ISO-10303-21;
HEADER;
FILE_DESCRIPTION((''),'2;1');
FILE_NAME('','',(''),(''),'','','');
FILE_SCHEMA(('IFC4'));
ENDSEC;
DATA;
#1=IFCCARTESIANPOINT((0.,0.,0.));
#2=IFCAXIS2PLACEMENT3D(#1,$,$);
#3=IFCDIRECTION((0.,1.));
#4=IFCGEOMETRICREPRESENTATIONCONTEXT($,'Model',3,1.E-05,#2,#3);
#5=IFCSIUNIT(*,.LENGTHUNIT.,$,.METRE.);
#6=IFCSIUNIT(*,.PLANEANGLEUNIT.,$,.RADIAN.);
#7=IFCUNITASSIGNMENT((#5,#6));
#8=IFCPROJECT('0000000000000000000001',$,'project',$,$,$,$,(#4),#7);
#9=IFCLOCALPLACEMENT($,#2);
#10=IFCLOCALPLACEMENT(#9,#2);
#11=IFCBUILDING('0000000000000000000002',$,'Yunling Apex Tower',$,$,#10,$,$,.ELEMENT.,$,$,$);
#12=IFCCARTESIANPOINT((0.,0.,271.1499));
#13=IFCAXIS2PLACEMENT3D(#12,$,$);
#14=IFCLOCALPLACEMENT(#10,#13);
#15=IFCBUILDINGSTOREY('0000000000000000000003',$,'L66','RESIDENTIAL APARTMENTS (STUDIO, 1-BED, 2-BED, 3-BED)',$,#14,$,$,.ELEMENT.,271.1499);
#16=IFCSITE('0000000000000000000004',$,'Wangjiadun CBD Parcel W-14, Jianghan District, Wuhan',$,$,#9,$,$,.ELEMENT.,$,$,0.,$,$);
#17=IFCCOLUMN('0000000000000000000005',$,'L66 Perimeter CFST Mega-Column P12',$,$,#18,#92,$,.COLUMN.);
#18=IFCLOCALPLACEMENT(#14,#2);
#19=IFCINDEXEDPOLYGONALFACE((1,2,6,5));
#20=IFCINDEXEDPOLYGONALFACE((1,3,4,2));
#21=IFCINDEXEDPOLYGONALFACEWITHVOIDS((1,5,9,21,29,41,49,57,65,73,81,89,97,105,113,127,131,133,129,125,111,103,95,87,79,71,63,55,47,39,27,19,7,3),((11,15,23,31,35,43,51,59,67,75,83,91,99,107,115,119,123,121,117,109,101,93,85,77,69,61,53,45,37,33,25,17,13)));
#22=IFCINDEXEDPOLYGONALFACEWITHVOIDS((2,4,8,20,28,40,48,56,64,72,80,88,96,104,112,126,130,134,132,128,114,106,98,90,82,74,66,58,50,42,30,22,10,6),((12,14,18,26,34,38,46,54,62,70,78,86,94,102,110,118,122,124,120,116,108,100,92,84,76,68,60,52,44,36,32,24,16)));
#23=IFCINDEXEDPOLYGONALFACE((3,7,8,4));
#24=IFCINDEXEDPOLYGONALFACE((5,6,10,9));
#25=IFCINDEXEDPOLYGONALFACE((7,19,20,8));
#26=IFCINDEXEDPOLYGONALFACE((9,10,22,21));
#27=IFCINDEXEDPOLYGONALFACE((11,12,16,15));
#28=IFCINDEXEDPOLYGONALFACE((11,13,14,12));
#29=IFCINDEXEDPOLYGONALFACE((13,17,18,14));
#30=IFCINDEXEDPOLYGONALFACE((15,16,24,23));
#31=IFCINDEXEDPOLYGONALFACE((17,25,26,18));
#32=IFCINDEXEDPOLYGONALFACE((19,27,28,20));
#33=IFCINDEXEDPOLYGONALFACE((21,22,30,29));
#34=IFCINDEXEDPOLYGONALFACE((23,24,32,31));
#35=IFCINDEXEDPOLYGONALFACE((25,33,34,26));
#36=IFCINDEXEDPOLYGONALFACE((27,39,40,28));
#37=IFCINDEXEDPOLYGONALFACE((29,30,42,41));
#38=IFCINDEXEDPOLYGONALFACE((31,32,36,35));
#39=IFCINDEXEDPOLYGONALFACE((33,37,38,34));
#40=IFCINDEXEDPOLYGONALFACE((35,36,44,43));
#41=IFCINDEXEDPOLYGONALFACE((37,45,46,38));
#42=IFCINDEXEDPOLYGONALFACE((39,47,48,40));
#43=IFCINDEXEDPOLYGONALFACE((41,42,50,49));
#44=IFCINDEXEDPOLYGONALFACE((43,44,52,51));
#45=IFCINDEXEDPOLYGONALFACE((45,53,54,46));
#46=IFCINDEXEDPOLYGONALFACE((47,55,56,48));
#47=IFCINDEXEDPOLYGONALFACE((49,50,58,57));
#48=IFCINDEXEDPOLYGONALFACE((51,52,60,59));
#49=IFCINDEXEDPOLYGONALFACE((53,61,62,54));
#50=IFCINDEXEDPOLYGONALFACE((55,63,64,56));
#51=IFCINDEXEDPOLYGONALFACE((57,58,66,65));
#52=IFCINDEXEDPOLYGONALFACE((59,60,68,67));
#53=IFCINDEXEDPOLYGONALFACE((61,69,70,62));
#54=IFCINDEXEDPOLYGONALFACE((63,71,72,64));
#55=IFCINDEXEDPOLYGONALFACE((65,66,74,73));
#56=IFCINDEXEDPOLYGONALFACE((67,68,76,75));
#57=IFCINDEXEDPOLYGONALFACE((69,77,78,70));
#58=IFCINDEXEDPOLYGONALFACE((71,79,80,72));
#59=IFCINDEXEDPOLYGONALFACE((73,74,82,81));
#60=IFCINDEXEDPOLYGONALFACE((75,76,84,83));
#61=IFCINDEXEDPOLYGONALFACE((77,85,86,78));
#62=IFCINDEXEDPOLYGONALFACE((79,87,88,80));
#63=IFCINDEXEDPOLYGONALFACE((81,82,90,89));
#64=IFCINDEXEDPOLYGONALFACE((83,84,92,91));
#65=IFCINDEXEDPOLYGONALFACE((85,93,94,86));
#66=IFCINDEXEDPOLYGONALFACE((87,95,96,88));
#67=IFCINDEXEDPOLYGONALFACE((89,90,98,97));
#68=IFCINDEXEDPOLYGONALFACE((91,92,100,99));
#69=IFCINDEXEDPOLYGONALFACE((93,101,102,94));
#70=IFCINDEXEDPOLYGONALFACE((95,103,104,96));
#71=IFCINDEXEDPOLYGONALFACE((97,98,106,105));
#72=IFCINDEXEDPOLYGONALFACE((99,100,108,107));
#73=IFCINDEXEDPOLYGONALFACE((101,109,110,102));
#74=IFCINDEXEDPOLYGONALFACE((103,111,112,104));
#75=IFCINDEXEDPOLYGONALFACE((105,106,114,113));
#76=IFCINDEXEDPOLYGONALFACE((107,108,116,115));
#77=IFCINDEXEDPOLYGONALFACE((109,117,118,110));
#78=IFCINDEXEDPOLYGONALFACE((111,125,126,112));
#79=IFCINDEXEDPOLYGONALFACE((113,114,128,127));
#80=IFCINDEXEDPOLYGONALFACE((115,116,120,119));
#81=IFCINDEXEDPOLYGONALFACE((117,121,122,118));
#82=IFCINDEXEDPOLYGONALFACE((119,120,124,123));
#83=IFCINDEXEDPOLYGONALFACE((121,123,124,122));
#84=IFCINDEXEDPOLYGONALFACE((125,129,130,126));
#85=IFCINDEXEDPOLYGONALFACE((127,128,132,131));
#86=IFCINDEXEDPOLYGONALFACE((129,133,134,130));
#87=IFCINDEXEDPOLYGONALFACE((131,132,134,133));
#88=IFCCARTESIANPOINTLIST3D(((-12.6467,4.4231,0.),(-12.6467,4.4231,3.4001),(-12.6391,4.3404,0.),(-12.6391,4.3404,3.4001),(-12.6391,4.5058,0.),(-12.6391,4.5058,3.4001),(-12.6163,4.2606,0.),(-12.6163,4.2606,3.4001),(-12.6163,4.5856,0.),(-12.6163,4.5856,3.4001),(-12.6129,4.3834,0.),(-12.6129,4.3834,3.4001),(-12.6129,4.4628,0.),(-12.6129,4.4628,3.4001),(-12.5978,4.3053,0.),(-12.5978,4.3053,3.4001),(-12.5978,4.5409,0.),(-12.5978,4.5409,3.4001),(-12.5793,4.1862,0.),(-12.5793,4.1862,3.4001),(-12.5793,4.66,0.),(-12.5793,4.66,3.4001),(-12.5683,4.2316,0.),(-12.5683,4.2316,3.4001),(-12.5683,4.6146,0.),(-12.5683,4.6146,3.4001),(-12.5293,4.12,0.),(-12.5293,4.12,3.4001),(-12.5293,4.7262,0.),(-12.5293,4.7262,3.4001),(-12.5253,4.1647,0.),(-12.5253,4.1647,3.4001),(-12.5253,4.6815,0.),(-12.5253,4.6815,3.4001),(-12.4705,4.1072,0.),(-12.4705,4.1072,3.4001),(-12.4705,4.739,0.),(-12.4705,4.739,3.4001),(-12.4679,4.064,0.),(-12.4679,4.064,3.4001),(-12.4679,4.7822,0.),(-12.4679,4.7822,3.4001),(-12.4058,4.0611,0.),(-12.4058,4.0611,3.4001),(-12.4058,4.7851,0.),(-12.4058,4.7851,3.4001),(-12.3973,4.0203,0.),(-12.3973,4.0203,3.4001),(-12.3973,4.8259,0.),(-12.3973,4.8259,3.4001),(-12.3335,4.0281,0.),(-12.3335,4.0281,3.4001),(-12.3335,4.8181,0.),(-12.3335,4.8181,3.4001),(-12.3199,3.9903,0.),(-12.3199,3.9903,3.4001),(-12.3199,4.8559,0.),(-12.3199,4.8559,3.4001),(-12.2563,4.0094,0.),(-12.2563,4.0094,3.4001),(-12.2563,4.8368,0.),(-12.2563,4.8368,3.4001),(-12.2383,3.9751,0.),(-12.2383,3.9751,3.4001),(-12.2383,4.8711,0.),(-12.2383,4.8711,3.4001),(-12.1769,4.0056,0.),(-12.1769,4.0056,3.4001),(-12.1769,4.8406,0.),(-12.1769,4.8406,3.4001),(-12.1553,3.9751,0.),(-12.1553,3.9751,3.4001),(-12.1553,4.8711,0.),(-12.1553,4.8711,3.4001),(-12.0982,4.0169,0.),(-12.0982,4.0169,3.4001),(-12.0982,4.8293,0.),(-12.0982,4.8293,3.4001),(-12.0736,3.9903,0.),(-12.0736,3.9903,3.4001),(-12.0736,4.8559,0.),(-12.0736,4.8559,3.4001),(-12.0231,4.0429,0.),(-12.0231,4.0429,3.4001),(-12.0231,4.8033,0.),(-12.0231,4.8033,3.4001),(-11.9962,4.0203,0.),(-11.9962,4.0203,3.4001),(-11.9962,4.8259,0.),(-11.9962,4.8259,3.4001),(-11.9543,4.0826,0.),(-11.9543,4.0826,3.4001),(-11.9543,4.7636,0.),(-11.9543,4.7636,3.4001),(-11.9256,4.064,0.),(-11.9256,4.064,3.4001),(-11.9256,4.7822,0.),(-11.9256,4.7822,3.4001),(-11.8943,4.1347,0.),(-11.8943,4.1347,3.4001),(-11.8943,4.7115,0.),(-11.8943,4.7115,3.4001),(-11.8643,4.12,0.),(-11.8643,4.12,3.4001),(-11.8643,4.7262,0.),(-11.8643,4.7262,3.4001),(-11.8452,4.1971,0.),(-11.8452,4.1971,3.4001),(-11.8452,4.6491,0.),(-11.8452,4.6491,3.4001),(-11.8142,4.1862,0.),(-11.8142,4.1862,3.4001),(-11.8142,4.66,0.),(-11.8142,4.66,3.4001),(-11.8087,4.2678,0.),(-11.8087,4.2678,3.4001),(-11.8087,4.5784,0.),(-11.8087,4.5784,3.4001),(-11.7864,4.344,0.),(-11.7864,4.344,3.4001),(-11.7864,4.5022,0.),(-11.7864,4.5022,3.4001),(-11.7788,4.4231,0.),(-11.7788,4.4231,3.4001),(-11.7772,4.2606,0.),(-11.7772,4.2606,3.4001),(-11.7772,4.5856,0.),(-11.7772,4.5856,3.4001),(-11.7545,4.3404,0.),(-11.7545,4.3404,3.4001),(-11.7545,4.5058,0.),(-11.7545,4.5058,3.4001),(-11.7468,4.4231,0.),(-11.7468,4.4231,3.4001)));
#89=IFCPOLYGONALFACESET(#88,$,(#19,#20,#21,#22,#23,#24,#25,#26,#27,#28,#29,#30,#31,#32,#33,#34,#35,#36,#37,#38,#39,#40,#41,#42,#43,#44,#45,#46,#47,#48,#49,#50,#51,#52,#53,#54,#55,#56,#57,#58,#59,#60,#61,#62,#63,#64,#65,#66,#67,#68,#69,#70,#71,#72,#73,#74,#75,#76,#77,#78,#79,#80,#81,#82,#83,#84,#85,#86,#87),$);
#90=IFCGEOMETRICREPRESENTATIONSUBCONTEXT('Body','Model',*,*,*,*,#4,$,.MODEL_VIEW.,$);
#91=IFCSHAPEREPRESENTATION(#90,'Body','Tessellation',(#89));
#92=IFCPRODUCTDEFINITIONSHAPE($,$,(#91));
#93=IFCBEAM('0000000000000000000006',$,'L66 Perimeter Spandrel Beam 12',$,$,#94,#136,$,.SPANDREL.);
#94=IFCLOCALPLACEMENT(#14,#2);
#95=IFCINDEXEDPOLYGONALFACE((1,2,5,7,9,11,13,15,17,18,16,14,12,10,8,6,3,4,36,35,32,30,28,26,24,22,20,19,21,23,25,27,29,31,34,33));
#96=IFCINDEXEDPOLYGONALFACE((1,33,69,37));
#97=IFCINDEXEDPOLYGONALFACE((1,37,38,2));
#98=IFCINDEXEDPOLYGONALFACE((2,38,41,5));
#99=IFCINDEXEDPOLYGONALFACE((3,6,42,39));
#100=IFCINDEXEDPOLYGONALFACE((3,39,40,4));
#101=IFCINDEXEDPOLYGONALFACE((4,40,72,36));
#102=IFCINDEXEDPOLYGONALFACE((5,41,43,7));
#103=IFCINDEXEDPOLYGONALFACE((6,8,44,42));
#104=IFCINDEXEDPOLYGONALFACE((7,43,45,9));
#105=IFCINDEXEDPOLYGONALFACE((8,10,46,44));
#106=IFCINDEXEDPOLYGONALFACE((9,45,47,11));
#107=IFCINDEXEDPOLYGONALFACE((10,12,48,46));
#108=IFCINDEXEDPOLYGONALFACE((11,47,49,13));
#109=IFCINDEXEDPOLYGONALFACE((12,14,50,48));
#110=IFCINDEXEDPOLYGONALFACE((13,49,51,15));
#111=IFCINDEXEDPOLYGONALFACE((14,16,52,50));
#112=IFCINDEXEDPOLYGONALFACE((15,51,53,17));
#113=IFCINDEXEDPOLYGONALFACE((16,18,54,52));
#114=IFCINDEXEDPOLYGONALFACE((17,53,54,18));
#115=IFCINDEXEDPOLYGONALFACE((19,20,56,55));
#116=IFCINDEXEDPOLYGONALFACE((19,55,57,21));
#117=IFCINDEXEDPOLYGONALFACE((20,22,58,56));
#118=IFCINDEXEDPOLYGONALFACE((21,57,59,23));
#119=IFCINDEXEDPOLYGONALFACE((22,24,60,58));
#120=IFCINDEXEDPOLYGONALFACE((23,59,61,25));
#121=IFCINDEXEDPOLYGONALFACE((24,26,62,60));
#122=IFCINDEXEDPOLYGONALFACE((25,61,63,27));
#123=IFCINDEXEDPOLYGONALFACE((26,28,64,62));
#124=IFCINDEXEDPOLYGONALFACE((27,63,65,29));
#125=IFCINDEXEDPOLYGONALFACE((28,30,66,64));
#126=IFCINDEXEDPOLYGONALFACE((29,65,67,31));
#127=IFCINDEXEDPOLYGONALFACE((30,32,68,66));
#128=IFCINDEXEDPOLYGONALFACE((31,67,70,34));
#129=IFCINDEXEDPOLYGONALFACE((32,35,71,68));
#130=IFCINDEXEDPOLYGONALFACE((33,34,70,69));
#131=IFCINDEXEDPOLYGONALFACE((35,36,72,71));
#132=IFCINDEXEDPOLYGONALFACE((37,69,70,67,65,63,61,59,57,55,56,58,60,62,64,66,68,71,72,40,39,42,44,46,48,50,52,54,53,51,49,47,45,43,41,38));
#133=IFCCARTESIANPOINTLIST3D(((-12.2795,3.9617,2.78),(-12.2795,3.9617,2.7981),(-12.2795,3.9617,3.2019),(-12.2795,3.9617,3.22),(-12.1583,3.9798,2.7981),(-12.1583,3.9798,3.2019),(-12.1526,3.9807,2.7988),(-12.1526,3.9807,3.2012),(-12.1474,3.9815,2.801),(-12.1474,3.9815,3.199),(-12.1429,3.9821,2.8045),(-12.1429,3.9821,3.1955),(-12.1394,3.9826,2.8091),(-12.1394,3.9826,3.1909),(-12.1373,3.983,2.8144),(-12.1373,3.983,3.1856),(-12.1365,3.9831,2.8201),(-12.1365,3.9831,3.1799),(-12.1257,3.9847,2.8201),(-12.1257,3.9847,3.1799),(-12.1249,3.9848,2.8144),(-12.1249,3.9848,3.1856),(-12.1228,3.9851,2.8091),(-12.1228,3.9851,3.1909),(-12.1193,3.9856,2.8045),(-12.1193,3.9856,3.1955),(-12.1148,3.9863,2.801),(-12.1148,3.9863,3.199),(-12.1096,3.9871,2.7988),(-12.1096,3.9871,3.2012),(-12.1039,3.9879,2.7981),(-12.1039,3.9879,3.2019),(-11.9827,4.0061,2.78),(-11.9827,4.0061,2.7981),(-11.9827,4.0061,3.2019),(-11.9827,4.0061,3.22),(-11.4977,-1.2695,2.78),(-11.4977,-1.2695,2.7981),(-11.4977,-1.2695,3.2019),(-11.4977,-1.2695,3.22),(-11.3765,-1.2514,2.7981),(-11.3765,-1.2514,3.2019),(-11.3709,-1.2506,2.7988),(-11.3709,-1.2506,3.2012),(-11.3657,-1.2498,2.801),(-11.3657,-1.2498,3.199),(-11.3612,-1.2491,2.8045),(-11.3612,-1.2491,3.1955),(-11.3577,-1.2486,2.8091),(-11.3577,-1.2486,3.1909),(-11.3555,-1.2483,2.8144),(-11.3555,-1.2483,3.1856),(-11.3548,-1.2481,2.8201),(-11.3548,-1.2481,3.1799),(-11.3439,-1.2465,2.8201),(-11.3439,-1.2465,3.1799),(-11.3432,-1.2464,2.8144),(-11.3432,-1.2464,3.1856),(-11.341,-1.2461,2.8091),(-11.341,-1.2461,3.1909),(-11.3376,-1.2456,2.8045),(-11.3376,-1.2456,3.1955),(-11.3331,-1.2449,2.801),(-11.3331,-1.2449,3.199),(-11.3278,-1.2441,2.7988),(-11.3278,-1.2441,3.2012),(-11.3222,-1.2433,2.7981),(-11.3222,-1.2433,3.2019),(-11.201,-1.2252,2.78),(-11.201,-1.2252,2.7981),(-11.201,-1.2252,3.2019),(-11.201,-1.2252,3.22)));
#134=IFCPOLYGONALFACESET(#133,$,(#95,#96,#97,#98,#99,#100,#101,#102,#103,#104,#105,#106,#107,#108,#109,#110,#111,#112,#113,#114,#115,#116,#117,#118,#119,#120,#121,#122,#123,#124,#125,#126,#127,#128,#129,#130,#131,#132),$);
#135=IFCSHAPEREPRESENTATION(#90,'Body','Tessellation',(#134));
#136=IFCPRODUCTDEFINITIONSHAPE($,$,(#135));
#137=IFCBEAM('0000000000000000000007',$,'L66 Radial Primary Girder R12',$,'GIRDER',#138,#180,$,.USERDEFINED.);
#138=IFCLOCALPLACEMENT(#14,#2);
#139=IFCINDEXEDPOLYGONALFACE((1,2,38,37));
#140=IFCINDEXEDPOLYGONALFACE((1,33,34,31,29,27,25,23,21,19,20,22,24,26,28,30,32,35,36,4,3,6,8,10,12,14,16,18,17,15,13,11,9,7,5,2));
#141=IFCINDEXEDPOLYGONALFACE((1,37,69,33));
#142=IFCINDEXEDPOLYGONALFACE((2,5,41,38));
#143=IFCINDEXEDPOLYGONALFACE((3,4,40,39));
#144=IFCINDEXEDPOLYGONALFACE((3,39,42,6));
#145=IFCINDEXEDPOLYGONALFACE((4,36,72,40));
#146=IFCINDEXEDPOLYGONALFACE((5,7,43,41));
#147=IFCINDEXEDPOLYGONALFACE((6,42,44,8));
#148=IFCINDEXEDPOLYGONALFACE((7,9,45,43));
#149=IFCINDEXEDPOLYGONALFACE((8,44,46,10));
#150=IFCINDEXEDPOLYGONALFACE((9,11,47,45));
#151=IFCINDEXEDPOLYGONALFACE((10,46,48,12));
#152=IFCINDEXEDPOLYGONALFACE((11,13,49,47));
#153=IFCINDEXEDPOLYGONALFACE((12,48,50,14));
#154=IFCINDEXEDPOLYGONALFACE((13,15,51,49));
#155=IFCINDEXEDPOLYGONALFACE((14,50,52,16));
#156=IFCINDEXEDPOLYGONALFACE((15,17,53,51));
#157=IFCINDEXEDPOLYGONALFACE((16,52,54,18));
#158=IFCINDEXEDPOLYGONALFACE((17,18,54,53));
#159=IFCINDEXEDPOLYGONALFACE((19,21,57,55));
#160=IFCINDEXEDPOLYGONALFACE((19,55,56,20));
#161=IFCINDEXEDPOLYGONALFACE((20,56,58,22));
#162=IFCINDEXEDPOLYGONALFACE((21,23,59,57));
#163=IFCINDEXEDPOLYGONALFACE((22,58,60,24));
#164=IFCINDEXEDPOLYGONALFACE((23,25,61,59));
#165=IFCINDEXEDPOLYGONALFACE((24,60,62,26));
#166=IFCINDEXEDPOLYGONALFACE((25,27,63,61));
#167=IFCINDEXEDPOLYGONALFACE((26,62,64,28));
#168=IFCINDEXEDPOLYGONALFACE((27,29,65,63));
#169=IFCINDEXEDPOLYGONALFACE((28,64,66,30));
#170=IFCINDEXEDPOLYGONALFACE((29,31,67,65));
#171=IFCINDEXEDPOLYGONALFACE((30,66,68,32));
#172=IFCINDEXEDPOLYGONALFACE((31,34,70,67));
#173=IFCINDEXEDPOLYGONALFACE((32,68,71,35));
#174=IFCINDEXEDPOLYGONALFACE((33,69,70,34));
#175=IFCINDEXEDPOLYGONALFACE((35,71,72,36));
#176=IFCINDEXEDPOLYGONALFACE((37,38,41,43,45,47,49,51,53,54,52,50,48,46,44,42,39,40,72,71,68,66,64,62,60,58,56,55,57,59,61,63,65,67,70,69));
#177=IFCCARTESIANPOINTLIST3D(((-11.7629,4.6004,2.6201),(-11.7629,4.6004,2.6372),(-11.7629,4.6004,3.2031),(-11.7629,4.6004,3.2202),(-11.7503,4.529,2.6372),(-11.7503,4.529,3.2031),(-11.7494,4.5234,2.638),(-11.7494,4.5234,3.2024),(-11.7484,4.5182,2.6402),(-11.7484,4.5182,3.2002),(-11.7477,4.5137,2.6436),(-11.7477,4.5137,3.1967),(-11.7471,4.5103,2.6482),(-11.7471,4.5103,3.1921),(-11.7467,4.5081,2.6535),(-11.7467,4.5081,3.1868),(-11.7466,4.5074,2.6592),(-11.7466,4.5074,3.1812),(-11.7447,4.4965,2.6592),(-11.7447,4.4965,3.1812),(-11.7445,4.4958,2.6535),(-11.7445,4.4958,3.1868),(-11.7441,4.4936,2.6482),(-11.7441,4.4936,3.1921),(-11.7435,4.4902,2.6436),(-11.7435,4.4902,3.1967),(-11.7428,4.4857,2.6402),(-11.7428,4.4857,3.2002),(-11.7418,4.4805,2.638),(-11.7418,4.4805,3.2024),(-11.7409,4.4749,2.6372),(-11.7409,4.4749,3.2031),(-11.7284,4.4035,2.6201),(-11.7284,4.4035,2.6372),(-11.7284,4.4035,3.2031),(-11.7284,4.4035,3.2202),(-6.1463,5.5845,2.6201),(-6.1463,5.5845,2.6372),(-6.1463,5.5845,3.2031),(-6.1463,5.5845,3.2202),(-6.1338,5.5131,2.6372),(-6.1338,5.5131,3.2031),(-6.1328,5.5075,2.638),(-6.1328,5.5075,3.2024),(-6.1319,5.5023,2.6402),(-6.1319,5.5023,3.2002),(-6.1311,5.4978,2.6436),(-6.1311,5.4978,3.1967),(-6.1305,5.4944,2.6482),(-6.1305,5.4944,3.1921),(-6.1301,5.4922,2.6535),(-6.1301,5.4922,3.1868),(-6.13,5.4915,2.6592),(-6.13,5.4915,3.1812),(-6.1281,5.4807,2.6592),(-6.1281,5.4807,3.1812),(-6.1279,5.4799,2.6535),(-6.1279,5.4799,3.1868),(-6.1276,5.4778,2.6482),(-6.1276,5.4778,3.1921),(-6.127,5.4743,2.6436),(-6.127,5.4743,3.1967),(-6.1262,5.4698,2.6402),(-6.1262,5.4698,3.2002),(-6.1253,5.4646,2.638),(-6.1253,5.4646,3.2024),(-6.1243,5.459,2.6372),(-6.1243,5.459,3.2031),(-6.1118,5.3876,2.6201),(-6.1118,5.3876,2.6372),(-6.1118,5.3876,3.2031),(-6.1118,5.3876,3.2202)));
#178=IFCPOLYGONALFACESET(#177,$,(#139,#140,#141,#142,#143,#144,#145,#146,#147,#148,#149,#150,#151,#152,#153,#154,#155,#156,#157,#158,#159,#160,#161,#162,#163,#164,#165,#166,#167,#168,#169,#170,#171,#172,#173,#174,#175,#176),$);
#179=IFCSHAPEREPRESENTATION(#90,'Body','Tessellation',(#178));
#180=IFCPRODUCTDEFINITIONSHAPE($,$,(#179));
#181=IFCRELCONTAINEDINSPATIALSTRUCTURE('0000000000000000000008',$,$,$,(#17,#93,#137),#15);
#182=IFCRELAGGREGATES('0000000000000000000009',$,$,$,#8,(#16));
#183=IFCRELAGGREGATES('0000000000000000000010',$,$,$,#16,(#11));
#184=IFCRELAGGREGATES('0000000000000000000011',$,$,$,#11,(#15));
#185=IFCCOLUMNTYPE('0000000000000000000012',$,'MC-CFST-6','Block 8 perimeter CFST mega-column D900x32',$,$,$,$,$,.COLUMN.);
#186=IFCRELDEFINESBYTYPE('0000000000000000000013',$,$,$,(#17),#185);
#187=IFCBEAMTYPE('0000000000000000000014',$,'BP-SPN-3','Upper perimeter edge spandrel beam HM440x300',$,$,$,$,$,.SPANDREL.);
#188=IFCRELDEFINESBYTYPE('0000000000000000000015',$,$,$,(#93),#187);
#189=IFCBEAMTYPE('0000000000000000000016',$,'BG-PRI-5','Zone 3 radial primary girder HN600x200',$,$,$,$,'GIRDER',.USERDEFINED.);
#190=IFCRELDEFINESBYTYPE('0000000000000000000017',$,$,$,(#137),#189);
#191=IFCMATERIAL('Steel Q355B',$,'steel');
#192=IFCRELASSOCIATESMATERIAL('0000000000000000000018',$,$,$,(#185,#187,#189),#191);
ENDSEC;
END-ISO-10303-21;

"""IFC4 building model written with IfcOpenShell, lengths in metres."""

from ifc_helpers import new_model, si_unit, direction, frame, origin, origin_2d, place, context, subcontext, project, spatial, hollow_circle, i_section, extrude, source, transform, mapped, material, material_profile, profile_set, type_object, element, save


model = new_model("IFC4")

# Units and contexts
model_context = context("Model", 3, precision=1e-05, world=origin(), true_north=direction((0.0, 1.0)))
body_context = subcontext(model_context, "Body", "Model", "MODEL_VIEW")
ifc_project = project(units=[si_unit("LENGTHUNIT", "METRE"), si_unit("PLANEANGLEUNIT", "RADIAN")], contexts=[model_context])

# Site, building, storey
site_placement = place(None, origin())
site = spatial("IfcSite", under=ifc_project, at=site_placement, Name="Wangjiadun CBD Parcel W-14, Jianghan District, Wuhan", CompositionType="ELEMENT", RefElevation=0.0)
building_placement = place(site_placement, origin())
building = spatial("IfcBuilding", under=site, at=building_placement, Name="Yunling Apex Tower", CompositionType="ELEMENT")
storey_placement = place(building_placement, frame((0.0, 0.0, 271.1499)))
storey = spatial("IfcBuildingStorey", under=building, at=storey_placement, Name="L66", Description="RESIDENTIAL APARTMENTS (STUDIO, 1-BED, 2-BED, 3-BED)", CompositionType="ELEMENT", Elevation=271.1499)

# Column
ifc_material_1 = material(Name="Steel Q355B", Category="steel")
ifc_material_profile_1 = material_profile(ifc_material_1, hollow_circle(Radius=0.45, WallThickness=0.032, at=origin_2d()))
ifc_profile_set_1 = profile_set([ifc_material_profile_1], Name="Steel Q355B")
column_type = type_object("IfcColumnType", Name="MC-CFST-6", Description="Block 8 perimeter CFST mega-column D900x32", PredefinedType="COLUMN", material=ifc_profile_set_1)
shared_shape_1 = source(origin(), body_context, "Body", "SweptSolid", [
    extrude(hollow_circle(Radius=0.45, WallThickness=0.032, at=origin_2d()), origin(), (0.0, 0.0, 1.0), 3.4001),
])
column_placement = place(storey_placement, frame((-12.1968, 4.4231, 0.0), z_axis=(0.0, 0.0, 1.0), x_axis=(1.0, 0.0, 0.0)))
element("IfcColumn", 1, at=column_placement, inside=storey, type_object=column_type, Name="L66 Perimeter CFST Mega-Column P12", PredefinedType="COLUMN", context=body_context, shape_type="MappedRepresentation", body=[
    mapped(shared_shape_1, transform((0.0, 0.0, 0.0), scale=1.0)),
])

# Beams
ifc_material_profile_2 = material_profile(ifc_material_1, i_section(OverallWidth=0.3, OverallDepth=0.4399, WebThickness=0.011, FlangeThickness=0.0181, FilletRadius=0.022, at=origin_2d()))
ifc_profile_set_2 = profile_set([ifc_material_profile_2], Name="Steel Q355B")
beam_type_1 = type_object("IfcBeamType", Name="BP-SPN-3", Description="Upper perimeter edge spandrel beam HM440x300", PredefinedType="SPANDREL", material=ifc_profile_set_2)
shared_shape_2 = source(origin(), body_context, "Body", "SweptSolid", [
    extrude(i_section(OverallWidth=0.3, OverallDepth=0.4399, WebThickness=0.011, FlangeThickness=0.0181, FilletRadius=0.022, at=origin_2d()), origin(), (0.0, 0.0, 1.0), 5.2893),
])
beam_1_placement = place(storey_placement, frame((-12.1311, 3.9839, 3.0), z_axis=(0.147796, -0.989018, 0.0), x_axis=(0.989018, 0.147796, 0.0)))
element("IfcBeam", 2, at=beam_1_placement, inside=storey, type_object=beam_type_1, Name="L66 Perimeter Spandrel Beam 12", PredefinedType="SPANDREL", context=body_context, shape_type="MappedRepresentation", body=[
    mapped(shared_shape_2, transform((0.0, 0.0, 0.0), scale=1.0)),
])
ifc_material_profile_3 = material_profile(ifc_material_1, i_section(OverallWidth=0.2, OverallDepth=0.6001, WebThickness=0.011, FlangeThickness=0.0171, FilletRadius=0.022, at=origin_2d()))
ifc_profile_set_3 = profile_set([ifc_material_profile_3], Name="Steel Q355B")
beam_type_2 = type_object("IfcBeamType", Name="BG-PRI-5", Description="Zone 3 radial primary girder HN600x200", ElementType="GIRDER", PredefinedType="USERDEFINED", material=ifc_profile_set_3)
shared_shape_3 = source(origin(), body_context, "Body", "SweptSolid", [
    extrude(i_section(OverallWidth=0.2, OverallDepth=0.6001, WebThickness=0.011, FlangeThickness=0.0171, FilletRadius=0.022, at=origin_2d()), origin(), (0.0, 0.0, 1.0), 5.7021),
])
beam_2_placement = place(storey_placement, frame((-11.7456, 4.502, 2.9202), z_axis=(0.984994, 0.172586, 0.0), x_axis=(-0.172586, 0.984994, 0.0)))
element("IfcBeam", 3, at=beam_2_placement, inside=storey, type_object=beam_type_2, Name="L66 Radial Primary Girder R12", ObjectType="GIRDER", PredefinedType="USERDEFINED", context=body_context, shape_type="MappedRepresentation", body=[
    mapped(shared_shape_3, transform((0.0, 0.0, 0.0), scale=1.0)),
])

save(model, "model.ifc")
